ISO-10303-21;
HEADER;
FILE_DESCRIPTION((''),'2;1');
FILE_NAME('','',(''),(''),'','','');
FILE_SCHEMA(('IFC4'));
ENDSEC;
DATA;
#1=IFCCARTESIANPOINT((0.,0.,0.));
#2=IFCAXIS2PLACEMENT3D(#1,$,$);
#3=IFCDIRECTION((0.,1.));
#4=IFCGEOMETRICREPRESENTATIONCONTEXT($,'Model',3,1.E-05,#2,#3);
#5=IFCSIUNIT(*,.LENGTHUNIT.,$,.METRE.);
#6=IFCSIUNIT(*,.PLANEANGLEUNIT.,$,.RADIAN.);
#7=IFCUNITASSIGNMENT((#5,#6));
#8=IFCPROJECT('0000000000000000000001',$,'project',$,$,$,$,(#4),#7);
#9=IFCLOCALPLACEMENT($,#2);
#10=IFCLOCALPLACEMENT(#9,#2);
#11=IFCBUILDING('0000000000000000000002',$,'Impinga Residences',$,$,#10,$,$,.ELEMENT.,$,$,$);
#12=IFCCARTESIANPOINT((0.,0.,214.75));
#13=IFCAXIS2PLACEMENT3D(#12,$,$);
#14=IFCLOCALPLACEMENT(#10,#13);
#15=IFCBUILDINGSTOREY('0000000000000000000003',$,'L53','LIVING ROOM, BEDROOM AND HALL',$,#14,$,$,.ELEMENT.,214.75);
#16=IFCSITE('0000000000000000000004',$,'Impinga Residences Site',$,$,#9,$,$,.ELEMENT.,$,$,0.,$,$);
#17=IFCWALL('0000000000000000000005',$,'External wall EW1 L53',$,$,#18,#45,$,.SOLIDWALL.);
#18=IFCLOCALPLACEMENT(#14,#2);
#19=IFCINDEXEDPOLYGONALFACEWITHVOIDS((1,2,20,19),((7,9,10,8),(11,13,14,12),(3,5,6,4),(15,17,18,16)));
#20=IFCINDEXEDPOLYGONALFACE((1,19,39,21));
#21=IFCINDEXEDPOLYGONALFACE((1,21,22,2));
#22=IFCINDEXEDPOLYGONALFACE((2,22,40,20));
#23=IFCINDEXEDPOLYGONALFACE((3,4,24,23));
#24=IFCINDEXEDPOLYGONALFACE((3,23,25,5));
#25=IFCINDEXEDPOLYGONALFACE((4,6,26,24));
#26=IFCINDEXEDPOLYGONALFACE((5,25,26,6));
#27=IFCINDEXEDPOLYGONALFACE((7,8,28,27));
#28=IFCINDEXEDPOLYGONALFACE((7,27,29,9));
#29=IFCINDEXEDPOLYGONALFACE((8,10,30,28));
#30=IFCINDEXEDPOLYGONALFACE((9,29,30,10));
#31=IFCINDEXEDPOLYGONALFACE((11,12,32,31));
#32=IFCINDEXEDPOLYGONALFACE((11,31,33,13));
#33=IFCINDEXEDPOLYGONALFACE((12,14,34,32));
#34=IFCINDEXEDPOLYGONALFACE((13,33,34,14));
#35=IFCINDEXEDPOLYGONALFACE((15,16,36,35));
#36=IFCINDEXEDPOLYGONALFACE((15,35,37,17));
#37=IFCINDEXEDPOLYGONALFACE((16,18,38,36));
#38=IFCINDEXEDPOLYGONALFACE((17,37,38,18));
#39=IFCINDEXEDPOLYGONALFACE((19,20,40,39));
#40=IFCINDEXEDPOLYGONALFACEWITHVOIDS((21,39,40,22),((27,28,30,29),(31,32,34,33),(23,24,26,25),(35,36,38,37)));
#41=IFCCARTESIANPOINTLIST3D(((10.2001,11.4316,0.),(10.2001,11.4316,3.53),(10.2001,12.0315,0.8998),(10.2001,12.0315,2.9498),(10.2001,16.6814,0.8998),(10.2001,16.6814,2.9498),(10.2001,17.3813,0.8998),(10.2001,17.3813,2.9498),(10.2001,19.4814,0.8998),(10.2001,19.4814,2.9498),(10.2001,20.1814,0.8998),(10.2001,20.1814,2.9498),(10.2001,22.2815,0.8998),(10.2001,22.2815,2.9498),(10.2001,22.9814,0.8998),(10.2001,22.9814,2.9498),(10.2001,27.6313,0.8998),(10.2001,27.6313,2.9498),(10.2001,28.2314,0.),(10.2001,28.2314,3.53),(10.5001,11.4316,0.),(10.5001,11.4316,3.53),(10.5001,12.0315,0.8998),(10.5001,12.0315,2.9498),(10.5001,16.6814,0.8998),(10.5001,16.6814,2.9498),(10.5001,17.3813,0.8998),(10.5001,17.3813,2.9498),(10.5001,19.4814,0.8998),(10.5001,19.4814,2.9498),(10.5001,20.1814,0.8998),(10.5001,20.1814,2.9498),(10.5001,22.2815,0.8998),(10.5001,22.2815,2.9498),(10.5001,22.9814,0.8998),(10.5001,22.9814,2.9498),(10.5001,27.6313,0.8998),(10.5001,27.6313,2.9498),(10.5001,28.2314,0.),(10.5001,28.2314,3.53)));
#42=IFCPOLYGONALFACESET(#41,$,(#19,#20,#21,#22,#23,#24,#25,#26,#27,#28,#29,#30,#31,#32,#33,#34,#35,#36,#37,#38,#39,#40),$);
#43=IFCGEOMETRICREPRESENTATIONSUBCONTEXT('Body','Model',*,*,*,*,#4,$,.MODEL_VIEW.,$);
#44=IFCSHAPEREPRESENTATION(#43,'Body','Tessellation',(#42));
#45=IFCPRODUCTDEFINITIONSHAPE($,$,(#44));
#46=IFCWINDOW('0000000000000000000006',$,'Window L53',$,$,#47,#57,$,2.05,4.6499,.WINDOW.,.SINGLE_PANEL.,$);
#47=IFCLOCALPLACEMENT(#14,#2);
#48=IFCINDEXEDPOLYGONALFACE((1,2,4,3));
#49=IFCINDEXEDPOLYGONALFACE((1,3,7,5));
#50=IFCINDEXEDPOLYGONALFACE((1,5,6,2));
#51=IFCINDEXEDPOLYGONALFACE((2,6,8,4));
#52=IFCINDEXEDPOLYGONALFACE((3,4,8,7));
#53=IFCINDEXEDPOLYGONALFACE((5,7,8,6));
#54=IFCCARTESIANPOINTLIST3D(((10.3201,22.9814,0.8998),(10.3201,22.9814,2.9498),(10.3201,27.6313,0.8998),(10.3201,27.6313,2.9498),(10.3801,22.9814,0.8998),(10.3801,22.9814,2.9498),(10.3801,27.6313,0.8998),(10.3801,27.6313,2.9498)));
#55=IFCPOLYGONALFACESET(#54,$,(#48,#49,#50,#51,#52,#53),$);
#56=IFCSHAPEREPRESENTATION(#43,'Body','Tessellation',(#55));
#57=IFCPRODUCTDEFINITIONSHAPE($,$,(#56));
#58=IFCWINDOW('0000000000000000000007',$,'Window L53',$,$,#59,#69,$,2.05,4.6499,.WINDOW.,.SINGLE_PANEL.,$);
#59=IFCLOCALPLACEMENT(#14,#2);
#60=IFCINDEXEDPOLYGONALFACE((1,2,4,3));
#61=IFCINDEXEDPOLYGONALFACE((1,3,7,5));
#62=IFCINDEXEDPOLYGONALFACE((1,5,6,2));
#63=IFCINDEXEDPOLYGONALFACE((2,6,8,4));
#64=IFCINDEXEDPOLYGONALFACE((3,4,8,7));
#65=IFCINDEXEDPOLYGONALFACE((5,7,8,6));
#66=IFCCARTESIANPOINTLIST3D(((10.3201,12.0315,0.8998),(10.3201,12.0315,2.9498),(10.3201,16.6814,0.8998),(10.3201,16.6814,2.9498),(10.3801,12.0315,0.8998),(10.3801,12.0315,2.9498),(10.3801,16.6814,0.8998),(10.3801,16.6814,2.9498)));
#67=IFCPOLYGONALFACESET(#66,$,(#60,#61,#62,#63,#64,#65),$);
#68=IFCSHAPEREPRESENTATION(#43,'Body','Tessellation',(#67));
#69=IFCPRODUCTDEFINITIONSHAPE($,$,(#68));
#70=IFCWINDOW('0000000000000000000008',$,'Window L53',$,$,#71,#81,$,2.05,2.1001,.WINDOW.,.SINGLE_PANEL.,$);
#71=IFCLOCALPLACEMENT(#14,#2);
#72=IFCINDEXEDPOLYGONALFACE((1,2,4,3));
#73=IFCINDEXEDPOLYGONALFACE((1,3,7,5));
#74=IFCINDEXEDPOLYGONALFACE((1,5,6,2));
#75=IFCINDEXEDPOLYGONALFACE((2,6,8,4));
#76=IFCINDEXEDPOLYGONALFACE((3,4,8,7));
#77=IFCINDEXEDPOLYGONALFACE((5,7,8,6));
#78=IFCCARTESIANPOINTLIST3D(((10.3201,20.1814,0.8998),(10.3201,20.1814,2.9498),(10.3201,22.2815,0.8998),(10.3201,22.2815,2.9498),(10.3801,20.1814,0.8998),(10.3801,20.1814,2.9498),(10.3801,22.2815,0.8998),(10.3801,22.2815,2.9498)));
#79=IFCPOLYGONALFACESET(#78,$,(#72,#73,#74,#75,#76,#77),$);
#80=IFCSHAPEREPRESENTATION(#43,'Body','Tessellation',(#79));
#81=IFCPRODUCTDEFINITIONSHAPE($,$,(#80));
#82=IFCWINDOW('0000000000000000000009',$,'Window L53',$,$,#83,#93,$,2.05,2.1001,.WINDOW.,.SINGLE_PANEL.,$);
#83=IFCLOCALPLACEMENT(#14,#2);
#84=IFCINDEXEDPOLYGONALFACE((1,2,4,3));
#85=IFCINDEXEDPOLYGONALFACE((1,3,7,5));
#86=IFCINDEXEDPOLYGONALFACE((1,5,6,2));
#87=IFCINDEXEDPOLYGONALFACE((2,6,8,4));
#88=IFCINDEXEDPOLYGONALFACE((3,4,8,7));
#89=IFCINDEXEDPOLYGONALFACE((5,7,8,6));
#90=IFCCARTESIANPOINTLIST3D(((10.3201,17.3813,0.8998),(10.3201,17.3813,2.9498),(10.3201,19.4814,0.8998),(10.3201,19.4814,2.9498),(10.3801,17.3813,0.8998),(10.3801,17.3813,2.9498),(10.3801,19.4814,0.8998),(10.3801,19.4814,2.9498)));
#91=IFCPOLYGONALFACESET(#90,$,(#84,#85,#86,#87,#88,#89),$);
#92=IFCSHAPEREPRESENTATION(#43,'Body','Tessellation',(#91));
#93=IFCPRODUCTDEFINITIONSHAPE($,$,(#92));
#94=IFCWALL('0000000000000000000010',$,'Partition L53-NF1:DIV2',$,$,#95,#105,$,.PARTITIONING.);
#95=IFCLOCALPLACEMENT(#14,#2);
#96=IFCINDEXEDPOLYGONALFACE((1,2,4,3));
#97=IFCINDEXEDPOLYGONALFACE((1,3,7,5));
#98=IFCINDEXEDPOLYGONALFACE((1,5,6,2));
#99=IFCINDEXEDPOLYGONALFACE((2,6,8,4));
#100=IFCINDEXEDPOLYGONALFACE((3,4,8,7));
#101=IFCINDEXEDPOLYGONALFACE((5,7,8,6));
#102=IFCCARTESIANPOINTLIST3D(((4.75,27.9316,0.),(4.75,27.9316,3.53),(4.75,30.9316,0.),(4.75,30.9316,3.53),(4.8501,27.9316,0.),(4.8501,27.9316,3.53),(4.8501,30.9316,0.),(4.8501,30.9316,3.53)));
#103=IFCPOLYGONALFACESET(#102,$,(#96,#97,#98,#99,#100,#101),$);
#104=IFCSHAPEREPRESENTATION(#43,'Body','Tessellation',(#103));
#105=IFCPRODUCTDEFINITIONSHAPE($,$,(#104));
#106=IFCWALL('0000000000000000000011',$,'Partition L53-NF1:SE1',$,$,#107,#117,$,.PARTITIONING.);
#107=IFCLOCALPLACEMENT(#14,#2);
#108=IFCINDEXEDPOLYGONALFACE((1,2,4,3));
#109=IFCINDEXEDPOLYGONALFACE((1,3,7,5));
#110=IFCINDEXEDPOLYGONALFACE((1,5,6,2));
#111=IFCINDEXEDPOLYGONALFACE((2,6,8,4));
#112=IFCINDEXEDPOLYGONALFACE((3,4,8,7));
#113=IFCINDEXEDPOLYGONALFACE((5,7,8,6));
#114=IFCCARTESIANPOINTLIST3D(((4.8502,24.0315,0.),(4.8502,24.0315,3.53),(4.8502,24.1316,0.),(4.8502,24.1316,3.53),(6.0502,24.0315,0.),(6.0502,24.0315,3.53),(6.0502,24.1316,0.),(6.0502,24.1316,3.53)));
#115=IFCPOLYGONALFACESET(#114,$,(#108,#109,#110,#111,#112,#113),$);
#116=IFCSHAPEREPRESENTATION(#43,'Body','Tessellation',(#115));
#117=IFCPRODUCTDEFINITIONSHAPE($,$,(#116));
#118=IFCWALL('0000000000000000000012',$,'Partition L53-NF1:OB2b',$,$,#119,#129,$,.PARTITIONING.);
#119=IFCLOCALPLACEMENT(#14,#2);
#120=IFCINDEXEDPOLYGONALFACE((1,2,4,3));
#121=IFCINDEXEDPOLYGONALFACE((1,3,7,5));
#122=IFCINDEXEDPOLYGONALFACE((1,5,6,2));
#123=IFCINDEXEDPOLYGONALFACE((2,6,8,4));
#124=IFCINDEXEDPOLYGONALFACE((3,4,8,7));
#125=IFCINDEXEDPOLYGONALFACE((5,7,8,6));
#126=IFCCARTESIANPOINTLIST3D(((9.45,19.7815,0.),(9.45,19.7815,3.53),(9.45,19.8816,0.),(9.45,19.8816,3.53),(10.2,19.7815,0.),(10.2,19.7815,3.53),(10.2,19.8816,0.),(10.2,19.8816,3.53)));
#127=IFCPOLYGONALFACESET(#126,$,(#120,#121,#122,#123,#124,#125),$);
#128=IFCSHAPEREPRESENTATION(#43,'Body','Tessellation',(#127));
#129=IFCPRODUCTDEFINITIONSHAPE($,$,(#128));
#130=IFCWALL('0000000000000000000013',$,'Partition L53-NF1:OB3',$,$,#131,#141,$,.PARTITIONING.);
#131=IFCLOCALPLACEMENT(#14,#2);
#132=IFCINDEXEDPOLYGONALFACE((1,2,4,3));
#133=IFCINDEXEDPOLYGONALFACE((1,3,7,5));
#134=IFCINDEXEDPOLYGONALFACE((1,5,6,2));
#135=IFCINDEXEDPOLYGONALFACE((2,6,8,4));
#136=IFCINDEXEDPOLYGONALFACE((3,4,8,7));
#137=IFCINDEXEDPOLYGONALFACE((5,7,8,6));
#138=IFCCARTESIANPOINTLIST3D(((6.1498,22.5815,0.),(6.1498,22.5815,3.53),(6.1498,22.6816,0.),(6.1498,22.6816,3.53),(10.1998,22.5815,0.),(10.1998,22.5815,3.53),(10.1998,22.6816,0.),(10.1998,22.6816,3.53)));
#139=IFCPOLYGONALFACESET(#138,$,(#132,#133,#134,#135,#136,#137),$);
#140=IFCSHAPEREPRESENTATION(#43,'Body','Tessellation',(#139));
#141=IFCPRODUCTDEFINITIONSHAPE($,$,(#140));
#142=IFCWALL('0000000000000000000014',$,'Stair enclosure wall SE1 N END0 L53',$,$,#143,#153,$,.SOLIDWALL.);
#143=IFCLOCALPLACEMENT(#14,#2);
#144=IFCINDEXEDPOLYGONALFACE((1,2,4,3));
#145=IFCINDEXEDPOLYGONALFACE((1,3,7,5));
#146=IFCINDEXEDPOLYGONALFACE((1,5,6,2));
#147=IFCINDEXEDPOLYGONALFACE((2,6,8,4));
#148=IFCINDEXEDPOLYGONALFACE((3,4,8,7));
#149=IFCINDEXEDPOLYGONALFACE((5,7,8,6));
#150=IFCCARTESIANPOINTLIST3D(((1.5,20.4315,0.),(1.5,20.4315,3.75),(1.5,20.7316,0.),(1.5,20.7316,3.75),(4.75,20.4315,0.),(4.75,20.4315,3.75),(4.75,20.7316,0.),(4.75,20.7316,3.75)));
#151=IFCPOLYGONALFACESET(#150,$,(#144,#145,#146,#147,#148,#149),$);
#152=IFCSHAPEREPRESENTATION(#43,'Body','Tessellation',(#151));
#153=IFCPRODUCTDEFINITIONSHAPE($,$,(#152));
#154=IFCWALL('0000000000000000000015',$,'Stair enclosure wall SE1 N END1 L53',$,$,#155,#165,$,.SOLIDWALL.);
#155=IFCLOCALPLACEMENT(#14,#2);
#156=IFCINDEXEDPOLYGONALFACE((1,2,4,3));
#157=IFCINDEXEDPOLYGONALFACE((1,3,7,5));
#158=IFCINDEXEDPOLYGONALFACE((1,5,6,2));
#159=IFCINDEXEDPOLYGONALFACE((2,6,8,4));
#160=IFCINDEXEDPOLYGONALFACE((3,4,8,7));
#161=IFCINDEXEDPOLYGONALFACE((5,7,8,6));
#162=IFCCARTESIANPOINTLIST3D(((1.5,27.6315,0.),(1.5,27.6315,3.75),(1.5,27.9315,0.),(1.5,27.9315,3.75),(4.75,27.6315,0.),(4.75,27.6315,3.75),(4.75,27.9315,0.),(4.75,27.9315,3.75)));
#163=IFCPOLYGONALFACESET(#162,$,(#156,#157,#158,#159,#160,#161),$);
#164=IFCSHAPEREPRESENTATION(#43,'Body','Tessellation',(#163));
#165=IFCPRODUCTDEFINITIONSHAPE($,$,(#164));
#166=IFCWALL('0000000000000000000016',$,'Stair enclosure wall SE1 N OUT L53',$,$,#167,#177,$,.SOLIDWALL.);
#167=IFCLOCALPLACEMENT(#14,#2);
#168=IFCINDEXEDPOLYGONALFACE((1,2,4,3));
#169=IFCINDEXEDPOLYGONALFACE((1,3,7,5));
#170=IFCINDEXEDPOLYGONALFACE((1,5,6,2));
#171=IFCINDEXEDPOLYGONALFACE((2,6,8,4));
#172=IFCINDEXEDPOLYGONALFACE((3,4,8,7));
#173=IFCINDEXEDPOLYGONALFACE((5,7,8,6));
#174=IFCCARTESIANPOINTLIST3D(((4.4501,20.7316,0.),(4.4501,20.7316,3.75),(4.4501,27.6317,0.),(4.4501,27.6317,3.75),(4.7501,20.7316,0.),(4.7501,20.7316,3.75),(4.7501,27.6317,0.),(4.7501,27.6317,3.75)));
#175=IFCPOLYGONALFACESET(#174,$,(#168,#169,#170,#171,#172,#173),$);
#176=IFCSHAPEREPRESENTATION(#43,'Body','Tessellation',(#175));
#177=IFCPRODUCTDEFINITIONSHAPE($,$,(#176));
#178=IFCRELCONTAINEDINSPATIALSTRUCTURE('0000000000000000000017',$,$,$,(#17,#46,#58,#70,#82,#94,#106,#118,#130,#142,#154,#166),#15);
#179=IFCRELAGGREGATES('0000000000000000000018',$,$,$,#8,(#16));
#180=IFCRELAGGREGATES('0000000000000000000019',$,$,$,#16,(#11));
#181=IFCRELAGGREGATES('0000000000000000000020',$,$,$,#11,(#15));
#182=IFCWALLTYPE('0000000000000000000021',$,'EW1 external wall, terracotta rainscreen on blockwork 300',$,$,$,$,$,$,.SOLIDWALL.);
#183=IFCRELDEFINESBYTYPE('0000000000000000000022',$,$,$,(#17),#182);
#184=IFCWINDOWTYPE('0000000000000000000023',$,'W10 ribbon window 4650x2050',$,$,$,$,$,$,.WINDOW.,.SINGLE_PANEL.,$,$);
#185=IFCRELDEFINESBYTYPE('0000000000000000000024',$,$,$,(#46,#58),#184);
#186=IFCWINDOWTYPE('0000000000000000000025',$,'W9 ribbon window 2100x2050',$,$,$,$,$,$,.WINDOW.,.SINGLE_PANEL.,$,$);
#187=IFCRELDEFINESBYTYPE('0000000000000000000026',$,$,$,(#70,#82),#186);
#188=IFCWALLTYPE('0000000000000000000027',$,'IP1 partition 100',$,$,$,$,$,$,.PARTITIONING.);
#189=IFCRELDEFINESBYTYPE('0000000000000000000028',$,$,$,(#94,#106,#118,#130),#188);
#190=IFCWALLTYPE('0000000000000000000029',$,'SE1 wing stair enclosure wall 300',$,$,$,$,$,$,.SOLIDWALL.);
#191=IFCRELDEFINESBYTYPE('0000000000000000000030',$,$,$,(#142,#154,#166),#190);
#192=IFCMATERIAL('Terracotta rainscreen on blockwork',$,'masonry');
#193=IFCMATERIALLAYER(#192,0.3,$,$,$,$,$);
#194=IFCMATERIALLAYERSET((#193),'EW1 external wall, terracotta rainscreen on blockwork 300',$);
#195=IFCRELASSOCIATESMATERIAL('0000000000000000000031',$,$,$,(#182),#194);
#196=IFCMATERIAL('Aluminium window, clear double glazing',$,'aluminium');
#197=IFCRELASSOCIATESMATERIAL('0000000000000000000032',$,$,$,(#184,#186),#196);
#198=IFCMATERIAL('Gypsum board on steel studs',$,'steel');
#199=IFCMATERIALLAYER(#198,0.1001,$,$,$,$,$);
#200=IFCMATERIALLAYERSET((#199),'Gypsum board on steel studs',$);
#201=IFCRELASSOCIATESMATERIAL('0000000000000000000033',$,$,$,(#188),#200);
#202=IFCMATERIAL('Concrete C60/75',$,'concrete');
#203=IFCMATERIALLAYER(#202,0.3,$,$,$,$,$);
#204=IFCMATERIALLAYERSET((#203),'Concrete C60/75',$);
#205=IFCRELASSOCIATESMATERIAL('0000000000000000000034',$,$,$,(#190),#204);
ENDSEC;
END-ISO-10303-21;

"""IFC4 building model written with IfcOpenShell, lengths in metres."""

from ifc_helpers import new_model, si_unit, direction, frame, frame_2d, origin, place, context, subcontext, project, spatial, rectangle, extrude, material, layer, layer_set, type_object, element, fill, save


model = new_model("IFC4")

# Units and contexts
model_context = context("Model", 3, precision=1e-05, world=origin(), true_north=direction((0.0, 1.0)))
body_context = subcontext(model_context, "Body", "Model", "MODEL_VIEW")
ifc_project = project(units=[si_unit("LENGTHUNIT", "METRE"), si_unit("PLANEANGLEUNIT", "RADIAN")], contexts=[model_context])

# Site, building, storey
site_placement = place(None, origin())
site = spatial("IfcSite", under=ifc_project, at=site_placement, Name="Impinga Residences Site", CompositionType="ELEMENT", RefElevation=0.0)
building_placement = place(site_placement, origin())
building = spatial("IfcBuilding", under=site, at=building_placement, Name="Impinga Residences", CompositionType="ELEMENT")
storey_placement = place(building_placement, frame((0.0, 0.0, 214.75)))
storey = spatial("IfcBuildingStorey", under=building, at=storey_placement, Name="L53", Description="LIVING ROOM, BEDROOM AND HALL", CompositionType="ELEMENT", Elevation=214.75)

# Shared definitions
ifc_material_1 = material(Name="Concrete C60/75", Category="concrete")

# Shared definitions
ifc_material_2 = material(Name="Terracotta rainscreen on blockwork", Category="masonry")
ifc_layer_1 = layer(ifc_material_2, 0.3)
ifc_layer_set_1 = layer_set([ifc_layer_1], Name="EW1 external wall, terracotta rainscreen on blockwork 300")
wall_type_1 = type_object("IfcWallType", Name="EW1 external wall, terracotta rainscreen on blockwork 300", PredefinedType="SOLIDWALL", material=ifc_layer_set_1)

# Wall, openings, windows
wall_1_placement = place(storey_placement, frame((10.3501, 28.2314, 0.0), z_axis=(0.0, 0.0, 1.0), x_axis=(0.0, -1.0, 0.0)))
wall_1 = element("IfcWall", 1, at=wall_1_placement, inside=storey, type_object=wall_type_1, Name="External wall EW1 L53", PredefinedType="SOLIDWALL", context=body_context, shape_type="SweptSolid", body=[
    extrude(rectangle(XDim=16.7998, YDim=0.3, at=frame_2d((8.3999, 0.0))), origin(), (0.0, 0.0, 1.0), 3.53),
])
opening_1_placement = place(wall_1_placement, frame((0.6001, 0.0, 0.8999)))
opening_1 = element("IfcOpeningElement", 2, at=opening_1_placement, cuts=wall_1, PredefinedType="OPENING", context=body_context, shape_type="SweptSolid", body=[
    extrude(rectangle(XDim=4.6499, YDim=2.05, at=frame_2d((2.325, 1.0249))), frame((0.0, 0.1599, 0.0), z_axis=(0.0, -1.0, 0.0), x_axis=(1.0, 0.0, 0.0)), (0.0, 0.0, 1.0), 0.3201),
])
opening_2_placement = place(wall_1_placement, frame((5.95, 0.0, 0.8999)))
opening_2 = element("IfcOpeningElement", 3, at=opening_2_placement, cuts=wall_1, PredefinedType="OPENING", context=body_context, shape_type="SweptSolid", body=[
    extrude(rectangle(XDim=2.1001, YDim=2.05, at=frame_2d((1.05, 1.0249))), frame((0.0, 0.1599, 0.0), z_axis=(0.0, -1.0, 0.0), x_axis=(1.0, 0.0, 0.0)), (0.0, 0.0, 1.0), 0.3201),
])
opening_3_placement = place(wall_1_placement, frame((8.75, 0.0, 0.8999)))
opening_3 = element("IfcOpeningElement", 4, at=opening_3_placement, cuts=wall_1, PredefinedType="OPENING", context=body_context, shape_type="SweptSolid", body=[
    extrude(rectangle(XDim=2.1001, YDim=2.05, at=frame_2d((1.05, 1.0249))), frame((0.0, 0.1599, 0.0), z_axis=(0.0, -1.0, 0.0), x_axis=(1.0, 0.0, 0.0)), (0.0, 0.0, 1.0), 0.3201),
])
opening_4_placement = place(wall_1_placement, frame((11.55, 0.0, 0.8999)))
opening_4 = element("IfcOpeningElement", 5, at=opening_4_placement, cuts=wall_1, PredefinedType="OPENING", context=body_context, shape_type="SweptSolid", body=[
    extrude(rectangle(XDim=4.6499, YDim=2.05, at=frame_2d((2.325, 1.0249))), frame((0.0, 0.1599, 0.0), z_axis=(0.0, -1.0, 0.0), x_axis=(1.0, 0.0, 0.0)), (0.0, 0.0, 1.0), 0.3201),
])
ifc_material_3 = material(Name="Aluminium window, clear double glazing", Category="aluminium")
window_type_1 = type_object("IfcWindowType", Name="W10 ribbon window 4650x2050", PartitioningType="SINGLE_PANEL", PredefinedType="WINDOW", material=ifc_material_3)
window_1_placement = place(opening_1_placement, origin())
window_1 = element("IfcWindow", 6, at=window_1_placement, inside=storey, type_object=window_type_1, Name="Window L53", OverallHeight=2.05, OverallWidth=4.6499, PartitioningType="SINGLE_PANEL", PredefinedType="WINDOW", context=body_context, shape_type="SweptSolid", body=[
    extrude(rectangle(XDim=4.6499, YDim=2.05, at=frame_2d((2.325, 1.0249))), frame((0.0, 0.03, 0.0), z_axis=(0.0, -1.0, 0.0), x_axis=(1.0, 0.0, 0.0)), (0.0, 0.0, 1.0), 0.0601),
])
fill(opening_1, window_1)
window_2_placement = place(opening_4_placement, origin())
window_2 = element("IfcWindow", 7, at=window_2_placement, inside=storey, type_object=window_type_1, Name="Window L53", OverallHeight=2.05, OverallWidth=4.6499, PartitioningType="SINGLE_PANEL", PredefinedType="WINDOW", context=body_context, shape_type="SweptSolid", body=[
    extrude(rectangle(XDim=4.6499, YDim=2.05, at=frame_2d((2.325, 1.0249))), frame((0.0, 0.03, 0.0), z_axis=(0.0, -1.0, 0.0), x_axis=(1.0, 0.0, 0.0)), (0.0, 0.0, 1.0), 0.0601),
])
fill(opening_4, window_2)
window_type_2 = type_object("IfcWindowType", Name="W9 ribbon window 2100x2050", PartitioningType="SINGLE_PANEL", PredefinedType="WINDOW", material=ifc_material_3)
window_3_placement = place(opening_2_placement, origin())
window_3 = element("IfcWindow", 8, at=window_3_placement, inside=storey, type_object=window_type_2, Name="Window L53", OverallHeight=2.05, OverallWidth=2.1001, PartitioningType="SINGLE_PANEL", PredefinedType="WINDOW", context=body_context, shape_type="SweptSolid", body=[
    extrude(rectangle(XDim=2.1001, YDim=2.05, at=frame_2d((1.05, 1.0249))), frame((0.0, 0.03, 0.0), z_axis=(0.0, -1.0, 0.0), x_axis=(1.0, 0.0, 0.0)), (0.0, 0.0, 1.0), 0.0601),
])
fill(opening_2, window_3)
window_4_placement = place(opening_3_placement, origin())
window_4 = element("IfcWindow", 9, at=window_4_placement, inside=storey, type_object=window_type_2, Name="Window L53", OverallHeight=2.05, OverallWidth=2.1001, PartitioningType="SINGLE_PANEL", PredefinedType="WINDOW", context=body_context, shape_type="SweptSolid", body=[
    extrude(rectangle(XDim=2.1001, YDim=2.05, at=frame_2d((1.05, 1.0249))), frame((0.0, 0.03, 0.0), z_axis=(0.0, -1.0, 0.0), x_axis=(1.0, 0.0, 0.0)), (0.0, 0.0, 1.0), 0.0601),
])
fill(opening_3, window_4)

# Walls
ifc_material_4 = material(Name="Gypsum board on steel studs", Category="steel")
ifc_layer_2 = layer(ifc_material_4, 0.1001)
ifc_layer_set_2 = layer_set([ifc_layer_2], Name="Gypsum board on steel studs")
wall_type_2 = type_object("IfcWallType", Name="IP1 partition 100", PredefinedType="PARTITIONING", material=ifc_layer_set_2)
wall_2_placement = place(storey_placement, frame((4.8, 27.9316, 0.0), z_axis=(0.0, 0.0, 1.0), x_axis=(0.0, 1.0, 0.0)))
element("IfcWall", 10, at=wall_2_placement, inside=storey, type_object=wall_type_2, Name="Partition L53-NF1:DIV2", PredefinedType="PARTITIONING", context=body_context, shape_type="SweptSolid", body=[
    extrude(rectangle(XDim=3.0, YDim=0.1001, at=frame_2d((1.5, 0.0))), origin(), (0.0, 0.0, 1.0), 3.53),
])
wall_3_placement = place(storey_placement, frame((4.8501, 24.0815, 0.0), z_axis=(0.0, 0.0, 1.0), x_axis=(1.0, 0.0, 0.0)))
element("IfcWall", 11, at=wall_3_placement, inside=storey, type_object=wall_type_2, Name="Partition L53-NF1:SE1", PredefinedType="PARTITIONING", context=body_context, shape_type="SweptSolid", body=[
    extrude(rectangle(XDim=1.2, YDim=0.1001, at=frame_2d((0.6001, 0.0))), origin(), (0.0, 0.0, 1.0), 3.53),
])
wall_4_placement = place(storey_placement, frame((9.45, 19.8315, 0.0), z_axis=(0.0, 0.0, 1.0), x_axis=(1.0, 0.0, 0.0)))
element("IfcWall", 12, at=wall_4_placement, inside=storey, type_object=wall_type_2, Name="Partition L53-NF1:OB2b", PredefinedType="PARTITIONING", context=body_context, shape_type="SweptSolid", body=[
    extrude(rectangle(XDim=0.75, YDim=0.1001, at=frame_2d((0.375, 0.0))), origin(), (0.0, 0.0, 1.0), 3.53),
])
wall_5_placement = place(storey_placement, frame((6.1499, 22.6316, 0.0), z_axis=(0.0, 0.0, 1.0), x_axis=(1.0, 0.0, 0.0)))
element("IfcWall", 13, at=wall_5_placement, inside=storey, type_object=wall_type_2, Name="Partition L53-NF1:OB3", PredefinedType="PARTITIONING", context=body_context, shape_type="SweptSolid", body=[
    extrude(rectangle(XDim=4.05, YDim=0.1001, at=frame_2d((2.0249, 0.0))), origin(), (0.0, 0.0, 1.0), 3.53),
])
ifc_layer_3 = layer(ifc_material_1, 0.3)
ifc_layer_set_3 = layer_set([ifc_layer_3], Name="Concrete C60/75")
wall_type_3 = type_object("IfcWallType", Name="SE1 wing stair enclosure wall 300", PredefinedType="SOLIDWALL", material=ifc_layer_set_3)
for number, where, z_axis, x_axis, name in (
    (14, (1.5, 20.5815, 0.0), (0.0, 0.0, 1.0), (1.0, 0.0, 0.0), "Stair enclosure wall SE1 N END0 L53"),
    (15, (1.5, 27.7815, 0.0), (0.0, 0.0, 1.0), (1.0, 0.0, 0.0), "Stair enclosure wall SE1 N END1 L53"),
):
    element("IfcWall", number, at=place(storey_placement, frame(where, z_axis=z_axis, x_axis=x_axis)), inside=storey, type_object=wall_type_3, Name=name, PredefinedType="SOLIDWALL", context=body_context, shape_type="SweptSolid", body=[
        extrude(rectangle(XDim=3.25, YDim=0.3, at=frame_2d((1.625, 0.0))), origin(), (0.0, 0.0, 1.0), 3.75),
    ])
wall_6_placement = place(storey_placement, frame((4.6001, 20.7314, 0.0), z_axis=(0.0, 0.0, 1.0), x_axis=(0.0, 1.0, 0.0)))
element("IfcWall", 16, at=wall_6_placement, inside=storey, type_object=wall_type_3, Name="Stair enclosure wall SE1 N OUT L53", PredefinedType="SOLIDWALL", context=body_context, shape_type="SweptSolid", body=[
    extrude(rectangle(XDim=6.9001, YDim=0.3, at=frame_2d((3.4502, 0.0))), origin(), (0.0, 0.0, 1.0), 3.75),
])

save(model, "model.ifc")
